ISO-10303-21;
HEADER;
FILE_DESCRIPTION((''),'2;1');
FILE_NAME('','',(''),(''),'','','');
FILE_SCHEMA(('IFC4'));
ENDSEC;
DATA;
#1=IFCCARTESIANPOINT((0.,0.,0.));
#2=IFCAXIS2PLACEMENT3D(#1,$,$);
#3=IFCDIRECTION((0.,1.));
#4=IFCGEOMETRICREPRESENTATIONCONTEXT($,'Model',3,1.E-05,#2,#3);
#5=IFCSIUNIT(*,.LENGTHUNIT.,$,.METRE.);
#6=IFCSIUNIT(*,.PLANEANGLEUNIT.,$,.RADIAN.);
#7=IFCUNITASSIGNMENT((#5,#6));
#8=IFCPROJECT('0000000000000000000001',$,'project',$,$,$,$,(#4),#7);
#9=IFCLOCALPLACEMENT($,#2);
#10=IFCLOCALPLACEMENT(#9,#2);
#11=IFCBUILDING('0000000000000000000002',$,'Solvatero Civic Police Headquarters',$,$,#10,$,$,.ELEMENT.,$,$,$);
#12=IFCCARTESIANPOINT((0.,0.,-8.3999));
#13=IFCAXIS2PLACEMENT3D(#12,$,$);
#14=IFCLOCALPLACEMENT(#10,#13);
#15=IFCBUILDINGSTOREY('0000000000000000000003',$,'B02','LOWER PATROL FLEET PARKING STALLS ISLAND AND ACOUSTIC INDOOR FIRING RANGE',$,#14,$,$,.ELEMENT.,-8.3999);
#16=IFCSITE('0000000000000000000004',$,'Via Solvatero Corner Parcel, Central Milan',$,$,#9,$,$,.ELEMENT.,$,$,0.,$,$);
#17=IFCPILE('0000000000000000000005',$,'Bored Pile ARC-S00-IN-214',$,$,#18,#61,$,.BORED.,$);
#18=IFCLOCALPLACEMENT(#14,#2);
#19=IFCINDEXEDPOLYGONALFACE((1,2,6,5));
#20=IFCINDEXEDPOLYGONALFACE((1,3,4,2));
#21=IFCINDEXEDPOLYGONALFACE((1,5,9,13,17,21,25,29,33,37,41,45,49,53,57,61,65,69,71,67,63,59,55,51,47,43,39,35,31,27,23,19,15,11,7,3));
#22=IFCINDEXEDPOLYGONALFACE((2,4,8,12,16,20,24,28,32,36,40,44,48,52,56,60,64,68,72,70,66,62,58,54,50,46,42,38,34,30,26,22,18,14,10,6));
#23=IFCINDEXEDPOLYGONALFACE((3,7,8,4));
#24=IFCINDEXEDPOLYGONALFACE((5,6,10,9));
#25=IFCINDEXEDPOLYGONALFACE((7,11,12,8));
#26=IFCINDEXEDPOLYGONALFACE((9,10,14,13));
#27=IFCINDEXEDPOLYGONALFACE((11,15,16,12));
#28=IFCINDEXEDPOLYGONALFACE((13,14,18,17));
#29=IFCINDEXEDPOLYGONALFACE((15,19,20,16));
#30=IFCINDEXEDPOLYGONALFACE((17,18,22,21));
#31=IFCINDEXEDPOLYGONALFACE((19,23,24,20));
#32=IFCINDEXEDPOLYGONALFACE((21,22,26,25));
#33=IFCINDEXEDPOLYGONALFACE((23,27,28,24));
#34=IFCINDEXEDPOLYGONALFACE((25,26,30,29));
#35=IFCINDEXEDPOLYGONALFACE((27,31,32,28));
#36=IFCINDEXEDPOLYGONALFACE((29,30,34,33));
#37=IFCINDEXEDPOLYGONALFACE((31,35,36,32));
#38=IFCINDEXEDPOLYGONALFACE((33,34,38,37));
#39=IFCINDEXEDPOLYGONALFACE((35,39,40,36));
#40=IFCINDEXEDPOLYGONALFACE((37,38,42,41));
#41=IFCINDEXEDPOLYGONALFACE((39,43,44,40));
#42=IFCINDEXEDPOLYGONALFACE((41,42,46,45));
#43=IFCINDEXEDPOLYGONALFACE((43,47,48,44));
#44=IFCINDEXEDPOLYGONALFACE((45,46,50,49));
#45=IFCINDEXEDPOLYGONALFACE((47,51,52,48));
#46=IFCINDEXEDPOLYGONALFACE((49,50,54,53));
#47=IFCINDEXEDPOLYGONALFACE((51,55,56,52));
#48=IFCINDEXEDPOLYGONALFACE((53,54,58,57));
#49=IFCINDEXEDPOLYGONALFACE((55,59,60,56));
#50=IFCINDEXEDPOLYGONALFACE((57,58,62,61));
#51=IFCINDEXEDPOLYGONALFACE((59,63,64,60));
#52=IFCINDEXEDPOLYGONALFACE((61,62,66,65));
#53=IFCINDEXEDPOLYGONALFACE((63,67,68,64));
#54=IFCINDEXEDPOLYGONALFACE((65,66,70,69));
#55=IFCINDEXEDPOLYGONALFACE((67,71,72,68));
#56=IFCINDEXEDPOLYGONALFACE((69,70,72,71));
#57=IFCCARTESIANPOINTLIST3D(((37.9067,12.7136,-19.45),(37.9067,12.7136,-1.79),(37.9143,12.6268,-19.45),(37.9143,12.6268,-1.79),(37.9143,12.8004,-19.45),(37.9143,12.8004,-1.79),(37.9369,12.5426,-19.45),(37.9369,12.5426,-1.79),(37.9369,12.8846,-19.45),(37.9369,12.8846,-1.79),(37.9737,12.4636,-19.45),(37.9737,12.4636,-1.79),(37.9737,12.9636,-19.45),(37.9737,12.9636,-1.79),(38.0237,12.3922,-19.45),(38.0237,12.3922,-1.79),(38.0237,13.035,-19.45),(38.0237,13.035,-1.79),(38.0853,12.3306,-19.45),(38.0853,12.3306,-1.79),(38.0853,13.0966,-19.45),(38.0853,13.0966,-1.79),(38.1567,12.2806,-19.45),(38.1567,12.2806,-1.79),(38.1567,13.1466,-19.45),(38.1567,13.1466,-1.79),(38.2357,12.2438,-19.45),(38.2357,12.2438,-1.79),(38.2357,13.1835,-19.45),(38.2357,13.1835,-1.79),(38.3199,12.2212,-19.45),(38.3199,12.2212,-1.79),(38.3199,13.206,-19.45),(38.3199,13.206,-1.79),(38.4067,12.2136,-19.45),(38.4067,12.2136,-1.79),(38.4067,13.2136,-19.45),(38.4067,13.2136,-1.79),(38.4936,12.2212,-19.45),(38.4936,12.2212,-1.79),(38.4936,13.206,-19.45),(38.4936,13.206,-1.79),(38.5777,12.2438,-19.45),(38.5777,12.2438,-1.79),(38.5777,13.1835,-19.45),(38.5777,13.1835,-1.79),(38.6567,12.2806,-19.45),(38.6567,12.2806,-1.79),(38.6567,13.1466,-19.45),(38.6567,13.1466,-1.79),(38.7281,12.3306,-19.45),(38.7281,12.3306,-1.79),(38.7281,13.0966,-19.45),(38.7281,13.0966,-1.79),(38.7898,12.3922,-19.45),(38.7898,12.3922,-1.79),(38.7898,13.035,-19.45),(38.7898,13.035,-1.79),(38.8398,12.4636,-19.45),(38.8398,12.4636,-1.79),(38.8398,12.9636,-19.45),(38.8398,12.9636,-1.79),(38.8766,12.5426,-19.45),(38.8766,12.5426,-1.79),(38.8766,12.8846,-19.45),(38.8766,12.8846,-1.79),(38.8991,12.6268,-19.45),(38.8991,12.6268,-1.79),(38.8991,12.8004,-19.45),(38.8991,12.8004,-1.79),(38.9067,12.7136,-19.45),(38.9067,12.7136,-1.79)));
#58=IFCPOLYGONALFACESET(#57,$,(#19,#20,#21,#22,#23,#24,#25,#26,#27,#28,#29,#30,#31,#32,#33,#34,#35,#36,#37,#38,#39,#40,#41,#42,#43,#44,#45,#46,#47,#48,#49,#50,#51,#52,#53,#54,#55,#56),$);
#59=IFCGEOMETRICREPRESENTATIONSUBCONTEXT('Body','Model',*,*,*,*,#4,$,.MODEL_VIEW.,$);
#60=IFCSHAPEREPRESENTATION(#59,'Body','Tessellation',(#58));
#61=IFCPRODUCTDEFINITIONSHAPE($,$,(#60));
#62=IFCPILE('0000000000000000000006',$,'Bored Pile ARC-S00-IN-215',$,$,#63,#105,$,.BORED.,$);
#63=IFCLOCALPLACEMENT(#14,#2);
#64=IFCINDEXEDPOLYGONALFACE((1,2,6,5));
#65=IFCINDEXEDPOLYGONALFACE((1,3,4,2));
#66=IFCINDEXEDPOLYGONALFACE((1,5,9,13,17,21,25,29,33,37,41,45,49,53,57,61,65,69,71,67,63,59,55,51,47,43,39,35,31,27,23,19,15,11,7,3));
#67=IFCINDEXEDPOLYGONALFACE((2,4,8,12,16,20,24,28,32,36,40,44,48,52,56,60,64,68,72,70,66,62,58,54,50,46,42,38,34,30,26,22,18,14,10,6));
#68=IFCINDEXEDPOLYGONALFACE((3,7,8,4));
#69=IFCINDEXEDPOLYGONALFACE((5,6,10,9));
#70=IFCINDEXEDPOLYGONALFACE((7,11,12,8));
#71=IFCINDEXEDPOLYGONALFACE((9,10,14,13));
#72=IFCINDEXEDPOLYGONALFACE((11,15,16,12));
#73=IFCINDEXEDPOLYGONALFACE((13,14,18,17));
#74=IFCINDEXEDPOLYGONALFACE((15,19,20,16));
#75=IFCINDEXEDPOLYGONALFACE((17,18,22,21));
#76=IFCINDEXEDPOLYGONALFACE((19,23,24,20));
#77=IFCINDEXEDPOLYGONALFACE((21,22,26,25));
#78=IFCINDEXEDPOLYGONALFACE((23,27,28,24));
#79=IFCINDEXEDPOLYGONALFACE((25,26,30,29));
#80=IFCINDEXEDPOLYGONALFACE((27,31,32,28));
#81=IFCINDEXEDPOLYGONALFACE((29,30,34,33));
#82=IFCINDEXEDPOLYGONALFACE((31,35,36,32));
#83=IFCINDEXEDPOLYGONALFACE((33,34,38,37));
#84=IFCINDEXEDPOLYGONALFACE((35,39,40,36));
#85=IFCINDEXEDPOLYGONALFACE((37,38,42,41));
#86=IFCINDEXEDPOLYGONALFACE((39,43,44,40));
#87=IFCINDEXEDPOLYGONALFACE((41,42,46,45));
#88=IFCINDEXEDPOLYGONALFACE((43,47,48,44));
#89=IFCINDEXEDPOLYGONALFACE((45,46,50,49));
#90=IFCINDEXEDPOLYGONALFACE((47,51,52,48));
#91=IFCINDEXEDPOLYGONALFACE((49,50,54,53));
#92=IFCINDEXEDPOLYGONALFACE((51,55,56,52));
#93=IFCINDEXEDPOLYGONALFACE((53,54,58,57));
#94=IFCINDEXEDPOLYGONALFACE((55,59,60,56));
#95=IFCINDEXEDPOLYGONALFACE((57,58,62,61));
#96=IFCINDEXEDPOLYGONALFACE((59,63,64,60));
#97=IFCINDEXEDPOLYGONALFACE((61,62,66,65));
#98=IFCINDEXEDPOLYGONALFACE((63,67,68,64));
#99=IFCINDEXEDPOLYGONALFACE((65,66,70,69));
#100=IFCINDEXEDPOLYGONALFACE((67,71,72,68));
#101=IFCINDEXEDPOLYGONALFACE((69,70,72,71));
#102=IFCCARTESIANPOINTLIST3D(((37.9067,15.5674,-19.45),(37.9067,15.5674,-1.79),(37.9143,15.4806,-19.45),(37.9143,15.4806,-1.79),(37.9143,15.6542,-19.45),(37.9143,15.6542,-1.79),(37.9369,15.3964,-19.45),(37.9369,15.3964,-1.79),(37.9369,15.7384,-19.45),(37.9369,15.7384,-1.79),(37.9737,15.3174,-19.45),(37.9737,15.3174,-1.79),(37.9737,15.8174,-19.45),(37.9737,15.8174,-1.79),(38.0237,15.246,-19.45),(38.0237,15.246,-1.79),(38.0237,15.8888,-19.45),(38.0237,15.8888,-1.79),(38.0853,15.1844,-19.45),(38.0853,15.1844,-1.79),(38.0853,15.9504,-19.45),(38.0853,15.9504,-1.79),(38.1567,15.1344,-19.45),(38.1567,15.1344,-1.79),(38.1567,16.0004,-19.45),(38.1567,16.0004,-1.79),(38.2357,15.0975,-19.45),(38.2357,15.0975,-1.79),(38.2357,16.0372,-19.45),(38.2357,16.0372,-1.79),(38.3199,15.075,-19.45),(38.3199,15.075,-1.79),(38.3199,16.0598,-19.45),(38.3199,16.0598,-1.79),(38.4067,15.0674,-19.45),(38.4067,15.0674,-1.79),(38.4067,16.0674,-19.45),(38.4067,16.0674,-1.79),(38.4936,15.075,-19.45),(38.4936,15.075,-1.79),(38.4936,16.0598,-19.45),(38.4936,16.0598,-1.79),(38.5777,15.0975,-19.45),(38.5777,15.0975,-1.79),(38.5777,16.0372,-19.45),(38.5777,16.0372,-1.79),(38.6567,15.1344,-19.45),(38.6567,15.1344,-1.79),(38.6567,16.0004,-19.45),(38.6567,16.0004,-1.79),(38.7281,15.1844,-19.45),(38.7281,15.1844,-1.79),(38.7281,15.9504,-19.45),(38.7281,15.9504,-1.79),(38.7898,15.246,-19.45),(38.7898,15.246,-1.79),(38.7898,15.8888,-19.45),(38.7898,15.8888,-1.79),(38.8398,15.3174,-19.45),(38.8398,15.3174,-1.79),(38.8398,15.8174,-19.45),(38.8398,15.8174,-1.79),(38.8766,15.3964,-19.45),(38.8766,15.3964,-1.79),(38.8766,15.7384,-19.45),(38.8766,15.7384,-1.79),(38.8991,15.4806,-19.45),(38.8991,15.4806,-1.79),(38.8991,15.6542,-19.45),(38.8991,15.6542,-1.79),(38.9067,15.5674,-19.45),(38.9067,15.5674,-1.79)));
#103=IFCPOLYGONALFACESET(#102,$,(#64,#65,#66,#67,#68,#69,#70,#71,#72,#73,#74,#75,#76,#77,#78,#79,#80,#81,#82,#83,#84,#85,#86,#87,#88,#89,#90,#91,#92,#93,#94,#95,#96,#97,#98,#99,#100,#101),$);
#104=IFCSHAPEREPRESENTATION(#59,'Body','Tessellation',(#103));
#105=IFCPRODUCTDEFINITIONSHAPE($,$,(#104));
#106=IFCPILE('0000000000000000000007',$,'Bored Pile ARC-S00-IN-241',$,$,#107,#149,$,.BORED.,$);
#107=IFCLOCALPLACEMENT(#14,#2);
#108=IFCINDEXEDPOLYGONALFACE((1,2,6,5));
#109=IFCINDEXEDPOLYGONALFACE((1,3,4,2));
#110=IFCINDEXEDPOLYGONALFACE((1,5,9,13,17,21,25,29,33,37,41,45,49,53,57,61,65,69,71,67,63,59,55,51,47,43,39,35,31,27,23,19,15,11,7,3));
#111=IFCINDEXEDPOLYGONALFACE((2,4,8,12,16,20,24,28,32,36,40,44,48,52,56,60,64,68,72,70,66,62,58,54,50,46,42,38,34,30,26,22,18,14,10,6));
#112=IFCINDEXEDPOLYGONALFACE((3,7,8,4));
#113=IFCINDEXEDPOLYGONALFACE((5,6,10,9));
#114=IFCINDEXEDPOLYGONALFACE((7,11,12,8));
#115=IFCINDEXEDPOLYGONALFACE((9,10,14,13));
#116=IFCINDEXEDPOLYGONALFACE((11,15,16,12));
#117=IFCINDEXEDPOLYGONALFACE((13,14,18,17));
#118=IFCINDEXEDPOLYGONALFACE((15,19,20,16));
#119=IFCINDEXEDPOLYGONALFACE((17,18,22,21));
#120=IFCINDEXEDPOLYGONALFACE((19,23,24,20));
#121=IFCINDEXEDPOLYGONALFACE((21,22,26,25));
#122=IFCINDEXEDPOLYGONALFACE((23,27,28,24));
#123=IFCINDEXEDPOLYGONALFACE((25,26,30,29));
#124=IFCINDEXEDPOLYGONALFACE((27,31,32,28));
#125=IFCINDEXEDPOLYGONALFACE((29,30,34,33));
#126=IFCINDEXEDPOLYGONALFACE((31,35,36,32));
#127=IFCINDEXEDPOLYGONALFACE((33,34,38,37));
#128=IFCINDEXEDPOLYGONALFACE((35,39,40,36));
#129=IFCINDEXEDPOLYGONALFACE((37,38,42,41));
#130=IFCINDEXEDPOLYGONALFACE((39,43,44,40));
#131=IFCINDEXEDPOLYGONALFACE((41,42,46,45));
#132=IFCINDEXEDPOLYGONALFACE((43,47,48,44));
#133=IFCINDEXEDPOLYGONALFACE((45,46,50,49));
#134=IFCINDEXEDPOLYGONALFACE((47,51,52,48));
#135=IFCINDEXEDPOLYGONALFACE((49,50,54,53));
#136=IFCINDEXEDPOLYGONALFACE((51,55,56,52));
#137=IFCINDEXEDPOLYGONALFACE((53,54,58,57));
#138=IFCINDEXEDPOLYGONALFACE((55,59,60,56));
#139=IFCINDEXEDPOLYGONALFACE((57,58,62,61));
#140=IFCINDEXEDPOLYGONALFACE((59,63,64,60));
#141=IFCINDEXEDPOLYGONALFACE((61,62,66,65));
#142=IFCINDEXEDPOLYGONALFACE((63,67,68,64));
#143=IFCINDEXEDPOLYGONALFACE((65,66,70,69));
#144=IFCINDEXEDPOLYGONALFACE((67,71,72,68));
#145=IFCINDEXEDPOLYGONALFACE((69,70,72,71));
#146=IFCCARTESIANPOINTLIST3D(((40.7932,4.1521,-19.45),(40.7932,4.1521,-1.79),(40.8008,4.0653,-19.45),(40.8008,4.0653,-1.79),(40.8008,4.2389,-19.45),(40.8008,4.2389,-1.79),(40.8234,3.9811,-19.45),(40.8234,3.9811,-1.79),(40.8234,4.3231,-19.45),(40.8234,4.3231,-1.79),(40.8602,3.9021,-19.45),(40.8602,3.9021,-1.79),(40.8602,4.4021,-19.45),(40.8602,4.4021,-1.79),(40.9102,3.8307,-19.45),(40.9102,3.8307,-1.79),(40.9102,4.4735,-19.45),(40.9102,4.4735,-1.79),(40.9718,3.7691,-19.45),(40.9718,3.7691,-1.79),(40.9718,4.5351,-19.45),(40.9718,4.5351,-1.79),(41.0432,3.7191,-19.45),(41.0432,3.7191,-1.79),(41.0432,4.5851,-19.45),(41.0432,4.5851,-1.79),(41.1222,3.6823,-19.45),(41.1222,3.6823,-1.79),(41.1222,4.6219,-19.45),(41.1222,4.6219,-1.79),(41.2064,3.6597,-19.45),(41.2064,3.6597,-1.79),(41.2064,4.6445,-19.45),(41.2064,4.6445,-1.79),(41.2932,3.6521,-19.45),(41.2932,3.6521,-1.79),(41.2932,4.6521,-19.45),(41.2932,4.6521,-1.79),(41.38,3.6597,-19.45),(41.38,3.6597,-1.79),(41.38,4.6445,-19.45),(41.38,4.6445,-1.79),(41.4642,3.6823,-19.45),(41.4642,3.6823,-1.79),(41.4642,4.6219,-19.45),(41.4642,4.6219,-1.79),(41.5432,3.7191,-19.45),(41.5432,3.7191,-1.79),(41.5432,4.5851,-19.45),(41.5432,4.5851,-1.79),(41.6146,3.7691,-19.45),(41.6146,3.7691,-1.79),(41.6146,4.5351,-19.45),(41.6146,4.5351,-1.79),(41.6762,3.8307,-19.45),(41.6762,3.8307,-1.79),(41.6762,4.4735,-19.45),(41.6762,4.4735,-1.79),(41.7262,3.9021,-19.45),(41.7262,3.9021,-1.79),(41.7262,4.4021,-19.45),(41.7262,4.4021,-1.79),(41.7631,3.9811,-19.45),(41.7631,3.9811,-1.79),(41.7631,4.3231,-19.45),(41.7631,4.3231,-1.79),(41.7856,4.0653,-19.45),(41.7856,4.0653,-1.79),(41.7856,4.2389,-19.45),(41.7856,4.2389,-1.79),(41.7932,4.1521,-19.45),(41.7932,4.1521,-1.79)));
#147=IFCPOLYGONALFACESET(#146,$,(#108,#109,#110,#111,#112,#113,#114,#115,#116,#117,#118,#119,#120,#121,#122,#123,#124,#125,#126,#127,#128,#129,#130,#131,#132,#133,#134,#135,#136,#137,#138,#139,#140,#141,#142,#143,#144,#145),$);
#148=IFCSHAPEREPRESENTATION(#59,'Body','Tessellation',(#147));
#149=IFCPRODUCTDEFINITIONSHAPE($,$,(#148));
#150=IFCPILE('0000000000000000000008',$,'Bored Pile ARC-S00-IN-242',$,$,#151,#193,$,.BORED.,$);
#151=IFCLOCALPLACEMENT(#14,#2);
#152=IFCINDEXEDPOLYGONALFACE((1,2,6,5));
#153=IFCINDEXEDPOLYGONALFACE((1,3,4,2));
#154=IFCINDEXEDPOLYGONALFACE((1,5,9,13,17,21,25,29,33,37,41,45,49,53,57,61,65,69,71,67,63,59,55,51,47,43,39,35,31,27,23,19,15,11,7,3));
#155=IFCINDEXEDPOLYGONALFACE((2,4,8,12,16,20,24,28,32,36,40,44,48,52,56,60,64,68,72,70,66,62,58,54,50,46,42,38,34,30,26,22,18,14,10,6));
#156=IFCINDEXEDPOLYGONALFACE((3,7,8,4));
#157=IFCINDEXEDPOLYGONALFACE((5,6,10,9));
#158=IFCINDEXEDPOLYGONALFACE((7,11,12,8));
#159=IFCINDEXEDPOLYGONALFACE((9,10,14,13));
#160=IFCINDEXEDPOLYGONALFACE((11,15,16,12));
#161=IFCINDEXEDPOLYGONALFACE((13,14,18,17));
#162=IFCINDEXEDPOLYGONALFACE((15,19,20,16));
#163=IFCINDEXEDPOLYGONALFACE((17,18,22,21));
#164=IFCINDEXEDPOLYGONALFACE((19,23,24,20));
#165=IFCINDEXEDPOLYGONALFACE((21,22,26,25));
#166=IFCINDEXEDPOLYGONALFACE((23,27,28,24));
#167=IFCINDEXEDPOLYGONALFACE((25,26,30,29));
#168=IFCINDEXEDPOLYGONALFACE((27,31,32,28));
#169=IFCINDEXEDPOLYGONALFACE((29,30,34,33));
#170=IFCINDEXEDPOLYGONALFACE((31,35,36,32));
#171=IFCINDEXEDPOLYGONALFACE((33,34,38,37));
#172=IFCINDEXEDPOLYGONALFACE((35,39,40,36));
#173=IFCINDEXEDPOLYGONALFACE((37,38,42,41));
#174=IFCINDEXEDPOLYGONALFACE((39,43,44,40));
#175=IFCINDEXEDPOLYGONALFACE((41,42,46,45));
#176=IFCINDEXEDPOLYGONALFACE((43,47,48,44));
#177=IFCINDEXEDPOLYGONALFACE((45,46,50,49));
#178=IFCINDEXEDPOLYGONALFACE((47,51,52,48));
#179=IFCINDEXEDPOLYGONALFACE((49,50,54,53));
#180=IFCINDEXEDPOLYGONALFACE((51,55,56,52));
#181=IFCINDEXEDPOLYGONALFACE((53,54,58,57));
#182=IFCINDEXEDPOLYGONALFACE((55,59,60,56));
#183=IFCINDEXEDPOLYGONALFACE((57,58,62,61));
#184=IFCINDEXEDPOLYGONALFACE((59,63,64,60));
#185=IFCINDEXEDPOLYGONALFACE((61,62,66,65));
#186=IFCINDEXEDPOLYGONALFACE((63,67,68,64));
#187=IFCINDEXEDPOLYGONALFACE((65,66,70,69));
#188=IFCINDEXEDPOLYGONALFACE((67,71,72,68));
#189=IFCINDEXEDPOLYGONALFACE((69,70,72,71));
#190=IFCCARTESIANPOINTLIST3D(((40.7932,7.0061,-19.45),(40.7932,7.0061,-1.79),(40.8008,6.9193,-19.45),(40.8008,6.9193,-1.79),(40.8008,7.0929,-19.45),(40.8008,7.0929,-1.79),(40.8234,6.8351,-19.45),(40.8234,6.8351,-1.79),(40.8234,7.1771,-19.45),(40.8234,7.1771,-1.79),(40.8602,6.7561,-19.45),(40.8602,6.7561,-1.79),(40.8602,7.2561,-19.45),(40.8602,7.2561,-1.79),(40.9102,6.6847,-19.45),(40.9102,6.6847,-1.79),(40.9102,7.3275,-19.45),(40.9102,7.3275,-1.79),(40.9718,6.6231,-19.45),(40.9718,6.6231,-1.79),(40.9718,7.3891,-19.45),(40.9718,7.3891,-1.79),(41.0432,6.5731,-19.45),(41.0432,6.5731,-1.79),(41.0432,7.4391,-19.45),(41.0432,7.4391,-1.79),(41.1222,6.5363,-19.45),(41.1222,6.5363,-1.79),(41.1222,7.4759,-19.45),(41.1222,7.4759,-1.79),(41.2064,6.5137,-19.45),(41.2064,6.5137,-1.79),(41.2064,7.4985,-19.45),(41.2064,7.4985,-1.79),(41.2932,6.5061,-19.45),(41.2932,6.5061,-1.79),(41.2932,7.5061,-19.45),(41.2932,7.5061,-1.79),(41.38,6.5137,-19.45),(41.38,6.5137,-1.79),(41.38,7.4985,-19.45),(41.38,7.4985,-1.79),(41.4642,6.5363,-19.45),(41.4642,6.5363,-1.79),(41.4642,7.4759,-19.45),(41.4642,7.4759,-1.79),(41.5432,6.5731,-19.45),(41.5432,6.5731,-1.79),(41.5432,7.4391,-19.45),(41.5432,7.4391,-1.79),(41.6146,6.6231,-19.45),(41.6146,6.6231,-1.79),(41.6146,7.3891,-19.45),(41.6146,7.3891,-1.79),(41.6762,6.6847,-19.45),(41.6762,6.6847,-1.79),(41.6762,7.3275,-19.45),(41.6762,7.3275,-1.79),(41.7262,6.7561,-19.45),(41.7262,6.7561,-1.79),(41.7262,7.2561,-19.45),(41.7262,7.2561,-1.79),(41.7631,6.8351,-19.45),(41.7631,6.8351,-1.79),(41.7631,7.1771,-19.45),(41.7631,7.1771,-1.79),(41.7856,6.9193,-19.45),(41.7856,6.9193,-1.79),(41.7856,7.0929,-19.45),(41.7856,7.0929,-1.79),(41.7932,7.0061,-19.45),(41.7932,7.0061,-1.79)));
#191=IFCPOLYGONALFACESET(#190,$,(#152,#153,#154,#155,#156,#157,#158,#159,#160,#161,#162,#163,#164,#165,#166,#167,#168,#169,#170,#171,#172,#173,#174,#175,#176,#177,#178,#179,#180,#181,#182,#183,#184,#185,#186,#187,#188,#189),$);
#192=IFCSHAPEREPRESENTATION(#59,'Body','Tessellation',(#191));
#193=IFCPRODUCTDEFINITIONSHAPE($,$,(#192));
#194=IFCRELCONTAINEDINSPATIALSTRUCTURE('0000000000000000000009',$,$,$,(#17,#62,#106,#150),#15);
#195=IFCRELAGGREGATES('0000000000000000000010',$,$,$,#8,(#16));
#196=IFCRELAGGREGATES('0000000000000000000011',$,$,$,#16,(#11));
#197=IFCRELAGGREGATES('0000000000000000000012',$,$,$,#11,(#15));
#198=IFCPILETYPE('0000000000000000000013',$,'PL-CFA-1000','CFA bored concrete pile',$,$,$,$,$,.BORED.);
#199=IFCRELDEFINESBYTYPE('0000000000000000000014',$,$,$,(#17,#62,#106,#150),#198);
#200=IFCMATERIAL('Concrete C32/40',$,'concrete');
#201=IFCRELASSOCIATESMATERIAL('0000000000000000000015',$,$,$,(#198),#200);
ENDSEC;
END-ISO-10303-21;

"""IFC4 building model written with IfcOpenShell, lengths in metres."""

from ifc_helpers import new_model, si_unit, direction, frame, origin, origin_2d, place, context, subcontext, project, spatial, circle, extrude, material, material_profile, profile_set, type_object, element, save


model = new_model("IFC4")

# Units and contexts
model_context = context("Model", 3, precision=1e-05, world=origin(), true_north=direction((0.0, 1.0)))
body_context = subcontext(model_context, "Body", "Model", "MODEL_VIEW")
ifc_project = project(units=[si_unit("LENGTHUNIT", "METRE"), si_unit("PLANEANGLEUNIT", "RADIAN")], contexts=[model_context])

# Site, building, storey
site_placement = place(None, origin())
site = spatial("IfcSite", under=ifc_project, at=site_placement, Name="Via Solvatero Corner Parcel, Central Milan", CompositionType="ELEMENT", RefElevation=0.0)
building_placement = place(site_placement, origin())
building = spatial("IfcBuilding", under=site, at=building_placement, Name="Solvatero Civic Police Headquarters", CompositionType="ELEMENT")
storey_placement = place(building_placement, frame((0.0, 0.0, -8.3999)))
storey = spatial("IfcBuildingStorey", under=building, at=storey_placement, Name="B02", Description="LOWER PATROL FLEET PARKING STALLS ISLAND AND ACOUSTIC INDOOR FIRING RANGE", CompositionType="ELEMENT", Elevation=-8.3999)

# Piles
ifc_material_1 = material(Name="Concrete C32/40", Category="concrete")
ifc_material_profile_1 = material_profile(ifc_material_1, circle(Radius=0.5, at=origin_2d()), Name="CFA PILE D1000")
ifc_profile_set_1 = profile_set([ifc_material_profile_1], Name="Concrete C32/40")
pile_type = type_object("IfcPileType", Name="PL-CFA-1000", Description="CFA bored concrete pile", PredefinedType="BORED", material=ifc_profile_set_1)
for number, where, z_axis, x_axis, name in (
    (1, (38.4067, 12.7136, -1.79), (0.0, 0.0, -1.0), (1.0, 0.0, 0.0), "Bored Pile ARC-S00-IN-214"),
    (2, (38.4067, 15.5674, -1.79), (0.0, 0.0, -1.0), (1.0, 0.0, 0.0), "Bored Pile ARC-S00-IN-215"),
    (3, (41.2932, 4.1521, -1.79), (0.0, 0.0, -1.0), (1.0, 0.0, 0.0), "Bored Pile ARC-S00-IN-241"),
    (4, (41.2932, 7.0061, -1.79), (0.0, 0.0, -1.0), (1.0, 0.0, 0.0), "Bored Pile ARC-S00-IN-242"),
):
    element("IfcPile", number, at=place(storey_placement, frame(where, z_axis=z_axis, x_axis=x_axis)), inside=storey, type_object=pile_type, Name=name, PredefinedType="BORED", context=body_context, shape_type="SweptSolid", body=[
        extrude(circle(Radius=0.5, at=origin_2d()), origin(), (0.0, 0.0, 1.0), 17.6599),
    ])

save(model, "model.ifc")
